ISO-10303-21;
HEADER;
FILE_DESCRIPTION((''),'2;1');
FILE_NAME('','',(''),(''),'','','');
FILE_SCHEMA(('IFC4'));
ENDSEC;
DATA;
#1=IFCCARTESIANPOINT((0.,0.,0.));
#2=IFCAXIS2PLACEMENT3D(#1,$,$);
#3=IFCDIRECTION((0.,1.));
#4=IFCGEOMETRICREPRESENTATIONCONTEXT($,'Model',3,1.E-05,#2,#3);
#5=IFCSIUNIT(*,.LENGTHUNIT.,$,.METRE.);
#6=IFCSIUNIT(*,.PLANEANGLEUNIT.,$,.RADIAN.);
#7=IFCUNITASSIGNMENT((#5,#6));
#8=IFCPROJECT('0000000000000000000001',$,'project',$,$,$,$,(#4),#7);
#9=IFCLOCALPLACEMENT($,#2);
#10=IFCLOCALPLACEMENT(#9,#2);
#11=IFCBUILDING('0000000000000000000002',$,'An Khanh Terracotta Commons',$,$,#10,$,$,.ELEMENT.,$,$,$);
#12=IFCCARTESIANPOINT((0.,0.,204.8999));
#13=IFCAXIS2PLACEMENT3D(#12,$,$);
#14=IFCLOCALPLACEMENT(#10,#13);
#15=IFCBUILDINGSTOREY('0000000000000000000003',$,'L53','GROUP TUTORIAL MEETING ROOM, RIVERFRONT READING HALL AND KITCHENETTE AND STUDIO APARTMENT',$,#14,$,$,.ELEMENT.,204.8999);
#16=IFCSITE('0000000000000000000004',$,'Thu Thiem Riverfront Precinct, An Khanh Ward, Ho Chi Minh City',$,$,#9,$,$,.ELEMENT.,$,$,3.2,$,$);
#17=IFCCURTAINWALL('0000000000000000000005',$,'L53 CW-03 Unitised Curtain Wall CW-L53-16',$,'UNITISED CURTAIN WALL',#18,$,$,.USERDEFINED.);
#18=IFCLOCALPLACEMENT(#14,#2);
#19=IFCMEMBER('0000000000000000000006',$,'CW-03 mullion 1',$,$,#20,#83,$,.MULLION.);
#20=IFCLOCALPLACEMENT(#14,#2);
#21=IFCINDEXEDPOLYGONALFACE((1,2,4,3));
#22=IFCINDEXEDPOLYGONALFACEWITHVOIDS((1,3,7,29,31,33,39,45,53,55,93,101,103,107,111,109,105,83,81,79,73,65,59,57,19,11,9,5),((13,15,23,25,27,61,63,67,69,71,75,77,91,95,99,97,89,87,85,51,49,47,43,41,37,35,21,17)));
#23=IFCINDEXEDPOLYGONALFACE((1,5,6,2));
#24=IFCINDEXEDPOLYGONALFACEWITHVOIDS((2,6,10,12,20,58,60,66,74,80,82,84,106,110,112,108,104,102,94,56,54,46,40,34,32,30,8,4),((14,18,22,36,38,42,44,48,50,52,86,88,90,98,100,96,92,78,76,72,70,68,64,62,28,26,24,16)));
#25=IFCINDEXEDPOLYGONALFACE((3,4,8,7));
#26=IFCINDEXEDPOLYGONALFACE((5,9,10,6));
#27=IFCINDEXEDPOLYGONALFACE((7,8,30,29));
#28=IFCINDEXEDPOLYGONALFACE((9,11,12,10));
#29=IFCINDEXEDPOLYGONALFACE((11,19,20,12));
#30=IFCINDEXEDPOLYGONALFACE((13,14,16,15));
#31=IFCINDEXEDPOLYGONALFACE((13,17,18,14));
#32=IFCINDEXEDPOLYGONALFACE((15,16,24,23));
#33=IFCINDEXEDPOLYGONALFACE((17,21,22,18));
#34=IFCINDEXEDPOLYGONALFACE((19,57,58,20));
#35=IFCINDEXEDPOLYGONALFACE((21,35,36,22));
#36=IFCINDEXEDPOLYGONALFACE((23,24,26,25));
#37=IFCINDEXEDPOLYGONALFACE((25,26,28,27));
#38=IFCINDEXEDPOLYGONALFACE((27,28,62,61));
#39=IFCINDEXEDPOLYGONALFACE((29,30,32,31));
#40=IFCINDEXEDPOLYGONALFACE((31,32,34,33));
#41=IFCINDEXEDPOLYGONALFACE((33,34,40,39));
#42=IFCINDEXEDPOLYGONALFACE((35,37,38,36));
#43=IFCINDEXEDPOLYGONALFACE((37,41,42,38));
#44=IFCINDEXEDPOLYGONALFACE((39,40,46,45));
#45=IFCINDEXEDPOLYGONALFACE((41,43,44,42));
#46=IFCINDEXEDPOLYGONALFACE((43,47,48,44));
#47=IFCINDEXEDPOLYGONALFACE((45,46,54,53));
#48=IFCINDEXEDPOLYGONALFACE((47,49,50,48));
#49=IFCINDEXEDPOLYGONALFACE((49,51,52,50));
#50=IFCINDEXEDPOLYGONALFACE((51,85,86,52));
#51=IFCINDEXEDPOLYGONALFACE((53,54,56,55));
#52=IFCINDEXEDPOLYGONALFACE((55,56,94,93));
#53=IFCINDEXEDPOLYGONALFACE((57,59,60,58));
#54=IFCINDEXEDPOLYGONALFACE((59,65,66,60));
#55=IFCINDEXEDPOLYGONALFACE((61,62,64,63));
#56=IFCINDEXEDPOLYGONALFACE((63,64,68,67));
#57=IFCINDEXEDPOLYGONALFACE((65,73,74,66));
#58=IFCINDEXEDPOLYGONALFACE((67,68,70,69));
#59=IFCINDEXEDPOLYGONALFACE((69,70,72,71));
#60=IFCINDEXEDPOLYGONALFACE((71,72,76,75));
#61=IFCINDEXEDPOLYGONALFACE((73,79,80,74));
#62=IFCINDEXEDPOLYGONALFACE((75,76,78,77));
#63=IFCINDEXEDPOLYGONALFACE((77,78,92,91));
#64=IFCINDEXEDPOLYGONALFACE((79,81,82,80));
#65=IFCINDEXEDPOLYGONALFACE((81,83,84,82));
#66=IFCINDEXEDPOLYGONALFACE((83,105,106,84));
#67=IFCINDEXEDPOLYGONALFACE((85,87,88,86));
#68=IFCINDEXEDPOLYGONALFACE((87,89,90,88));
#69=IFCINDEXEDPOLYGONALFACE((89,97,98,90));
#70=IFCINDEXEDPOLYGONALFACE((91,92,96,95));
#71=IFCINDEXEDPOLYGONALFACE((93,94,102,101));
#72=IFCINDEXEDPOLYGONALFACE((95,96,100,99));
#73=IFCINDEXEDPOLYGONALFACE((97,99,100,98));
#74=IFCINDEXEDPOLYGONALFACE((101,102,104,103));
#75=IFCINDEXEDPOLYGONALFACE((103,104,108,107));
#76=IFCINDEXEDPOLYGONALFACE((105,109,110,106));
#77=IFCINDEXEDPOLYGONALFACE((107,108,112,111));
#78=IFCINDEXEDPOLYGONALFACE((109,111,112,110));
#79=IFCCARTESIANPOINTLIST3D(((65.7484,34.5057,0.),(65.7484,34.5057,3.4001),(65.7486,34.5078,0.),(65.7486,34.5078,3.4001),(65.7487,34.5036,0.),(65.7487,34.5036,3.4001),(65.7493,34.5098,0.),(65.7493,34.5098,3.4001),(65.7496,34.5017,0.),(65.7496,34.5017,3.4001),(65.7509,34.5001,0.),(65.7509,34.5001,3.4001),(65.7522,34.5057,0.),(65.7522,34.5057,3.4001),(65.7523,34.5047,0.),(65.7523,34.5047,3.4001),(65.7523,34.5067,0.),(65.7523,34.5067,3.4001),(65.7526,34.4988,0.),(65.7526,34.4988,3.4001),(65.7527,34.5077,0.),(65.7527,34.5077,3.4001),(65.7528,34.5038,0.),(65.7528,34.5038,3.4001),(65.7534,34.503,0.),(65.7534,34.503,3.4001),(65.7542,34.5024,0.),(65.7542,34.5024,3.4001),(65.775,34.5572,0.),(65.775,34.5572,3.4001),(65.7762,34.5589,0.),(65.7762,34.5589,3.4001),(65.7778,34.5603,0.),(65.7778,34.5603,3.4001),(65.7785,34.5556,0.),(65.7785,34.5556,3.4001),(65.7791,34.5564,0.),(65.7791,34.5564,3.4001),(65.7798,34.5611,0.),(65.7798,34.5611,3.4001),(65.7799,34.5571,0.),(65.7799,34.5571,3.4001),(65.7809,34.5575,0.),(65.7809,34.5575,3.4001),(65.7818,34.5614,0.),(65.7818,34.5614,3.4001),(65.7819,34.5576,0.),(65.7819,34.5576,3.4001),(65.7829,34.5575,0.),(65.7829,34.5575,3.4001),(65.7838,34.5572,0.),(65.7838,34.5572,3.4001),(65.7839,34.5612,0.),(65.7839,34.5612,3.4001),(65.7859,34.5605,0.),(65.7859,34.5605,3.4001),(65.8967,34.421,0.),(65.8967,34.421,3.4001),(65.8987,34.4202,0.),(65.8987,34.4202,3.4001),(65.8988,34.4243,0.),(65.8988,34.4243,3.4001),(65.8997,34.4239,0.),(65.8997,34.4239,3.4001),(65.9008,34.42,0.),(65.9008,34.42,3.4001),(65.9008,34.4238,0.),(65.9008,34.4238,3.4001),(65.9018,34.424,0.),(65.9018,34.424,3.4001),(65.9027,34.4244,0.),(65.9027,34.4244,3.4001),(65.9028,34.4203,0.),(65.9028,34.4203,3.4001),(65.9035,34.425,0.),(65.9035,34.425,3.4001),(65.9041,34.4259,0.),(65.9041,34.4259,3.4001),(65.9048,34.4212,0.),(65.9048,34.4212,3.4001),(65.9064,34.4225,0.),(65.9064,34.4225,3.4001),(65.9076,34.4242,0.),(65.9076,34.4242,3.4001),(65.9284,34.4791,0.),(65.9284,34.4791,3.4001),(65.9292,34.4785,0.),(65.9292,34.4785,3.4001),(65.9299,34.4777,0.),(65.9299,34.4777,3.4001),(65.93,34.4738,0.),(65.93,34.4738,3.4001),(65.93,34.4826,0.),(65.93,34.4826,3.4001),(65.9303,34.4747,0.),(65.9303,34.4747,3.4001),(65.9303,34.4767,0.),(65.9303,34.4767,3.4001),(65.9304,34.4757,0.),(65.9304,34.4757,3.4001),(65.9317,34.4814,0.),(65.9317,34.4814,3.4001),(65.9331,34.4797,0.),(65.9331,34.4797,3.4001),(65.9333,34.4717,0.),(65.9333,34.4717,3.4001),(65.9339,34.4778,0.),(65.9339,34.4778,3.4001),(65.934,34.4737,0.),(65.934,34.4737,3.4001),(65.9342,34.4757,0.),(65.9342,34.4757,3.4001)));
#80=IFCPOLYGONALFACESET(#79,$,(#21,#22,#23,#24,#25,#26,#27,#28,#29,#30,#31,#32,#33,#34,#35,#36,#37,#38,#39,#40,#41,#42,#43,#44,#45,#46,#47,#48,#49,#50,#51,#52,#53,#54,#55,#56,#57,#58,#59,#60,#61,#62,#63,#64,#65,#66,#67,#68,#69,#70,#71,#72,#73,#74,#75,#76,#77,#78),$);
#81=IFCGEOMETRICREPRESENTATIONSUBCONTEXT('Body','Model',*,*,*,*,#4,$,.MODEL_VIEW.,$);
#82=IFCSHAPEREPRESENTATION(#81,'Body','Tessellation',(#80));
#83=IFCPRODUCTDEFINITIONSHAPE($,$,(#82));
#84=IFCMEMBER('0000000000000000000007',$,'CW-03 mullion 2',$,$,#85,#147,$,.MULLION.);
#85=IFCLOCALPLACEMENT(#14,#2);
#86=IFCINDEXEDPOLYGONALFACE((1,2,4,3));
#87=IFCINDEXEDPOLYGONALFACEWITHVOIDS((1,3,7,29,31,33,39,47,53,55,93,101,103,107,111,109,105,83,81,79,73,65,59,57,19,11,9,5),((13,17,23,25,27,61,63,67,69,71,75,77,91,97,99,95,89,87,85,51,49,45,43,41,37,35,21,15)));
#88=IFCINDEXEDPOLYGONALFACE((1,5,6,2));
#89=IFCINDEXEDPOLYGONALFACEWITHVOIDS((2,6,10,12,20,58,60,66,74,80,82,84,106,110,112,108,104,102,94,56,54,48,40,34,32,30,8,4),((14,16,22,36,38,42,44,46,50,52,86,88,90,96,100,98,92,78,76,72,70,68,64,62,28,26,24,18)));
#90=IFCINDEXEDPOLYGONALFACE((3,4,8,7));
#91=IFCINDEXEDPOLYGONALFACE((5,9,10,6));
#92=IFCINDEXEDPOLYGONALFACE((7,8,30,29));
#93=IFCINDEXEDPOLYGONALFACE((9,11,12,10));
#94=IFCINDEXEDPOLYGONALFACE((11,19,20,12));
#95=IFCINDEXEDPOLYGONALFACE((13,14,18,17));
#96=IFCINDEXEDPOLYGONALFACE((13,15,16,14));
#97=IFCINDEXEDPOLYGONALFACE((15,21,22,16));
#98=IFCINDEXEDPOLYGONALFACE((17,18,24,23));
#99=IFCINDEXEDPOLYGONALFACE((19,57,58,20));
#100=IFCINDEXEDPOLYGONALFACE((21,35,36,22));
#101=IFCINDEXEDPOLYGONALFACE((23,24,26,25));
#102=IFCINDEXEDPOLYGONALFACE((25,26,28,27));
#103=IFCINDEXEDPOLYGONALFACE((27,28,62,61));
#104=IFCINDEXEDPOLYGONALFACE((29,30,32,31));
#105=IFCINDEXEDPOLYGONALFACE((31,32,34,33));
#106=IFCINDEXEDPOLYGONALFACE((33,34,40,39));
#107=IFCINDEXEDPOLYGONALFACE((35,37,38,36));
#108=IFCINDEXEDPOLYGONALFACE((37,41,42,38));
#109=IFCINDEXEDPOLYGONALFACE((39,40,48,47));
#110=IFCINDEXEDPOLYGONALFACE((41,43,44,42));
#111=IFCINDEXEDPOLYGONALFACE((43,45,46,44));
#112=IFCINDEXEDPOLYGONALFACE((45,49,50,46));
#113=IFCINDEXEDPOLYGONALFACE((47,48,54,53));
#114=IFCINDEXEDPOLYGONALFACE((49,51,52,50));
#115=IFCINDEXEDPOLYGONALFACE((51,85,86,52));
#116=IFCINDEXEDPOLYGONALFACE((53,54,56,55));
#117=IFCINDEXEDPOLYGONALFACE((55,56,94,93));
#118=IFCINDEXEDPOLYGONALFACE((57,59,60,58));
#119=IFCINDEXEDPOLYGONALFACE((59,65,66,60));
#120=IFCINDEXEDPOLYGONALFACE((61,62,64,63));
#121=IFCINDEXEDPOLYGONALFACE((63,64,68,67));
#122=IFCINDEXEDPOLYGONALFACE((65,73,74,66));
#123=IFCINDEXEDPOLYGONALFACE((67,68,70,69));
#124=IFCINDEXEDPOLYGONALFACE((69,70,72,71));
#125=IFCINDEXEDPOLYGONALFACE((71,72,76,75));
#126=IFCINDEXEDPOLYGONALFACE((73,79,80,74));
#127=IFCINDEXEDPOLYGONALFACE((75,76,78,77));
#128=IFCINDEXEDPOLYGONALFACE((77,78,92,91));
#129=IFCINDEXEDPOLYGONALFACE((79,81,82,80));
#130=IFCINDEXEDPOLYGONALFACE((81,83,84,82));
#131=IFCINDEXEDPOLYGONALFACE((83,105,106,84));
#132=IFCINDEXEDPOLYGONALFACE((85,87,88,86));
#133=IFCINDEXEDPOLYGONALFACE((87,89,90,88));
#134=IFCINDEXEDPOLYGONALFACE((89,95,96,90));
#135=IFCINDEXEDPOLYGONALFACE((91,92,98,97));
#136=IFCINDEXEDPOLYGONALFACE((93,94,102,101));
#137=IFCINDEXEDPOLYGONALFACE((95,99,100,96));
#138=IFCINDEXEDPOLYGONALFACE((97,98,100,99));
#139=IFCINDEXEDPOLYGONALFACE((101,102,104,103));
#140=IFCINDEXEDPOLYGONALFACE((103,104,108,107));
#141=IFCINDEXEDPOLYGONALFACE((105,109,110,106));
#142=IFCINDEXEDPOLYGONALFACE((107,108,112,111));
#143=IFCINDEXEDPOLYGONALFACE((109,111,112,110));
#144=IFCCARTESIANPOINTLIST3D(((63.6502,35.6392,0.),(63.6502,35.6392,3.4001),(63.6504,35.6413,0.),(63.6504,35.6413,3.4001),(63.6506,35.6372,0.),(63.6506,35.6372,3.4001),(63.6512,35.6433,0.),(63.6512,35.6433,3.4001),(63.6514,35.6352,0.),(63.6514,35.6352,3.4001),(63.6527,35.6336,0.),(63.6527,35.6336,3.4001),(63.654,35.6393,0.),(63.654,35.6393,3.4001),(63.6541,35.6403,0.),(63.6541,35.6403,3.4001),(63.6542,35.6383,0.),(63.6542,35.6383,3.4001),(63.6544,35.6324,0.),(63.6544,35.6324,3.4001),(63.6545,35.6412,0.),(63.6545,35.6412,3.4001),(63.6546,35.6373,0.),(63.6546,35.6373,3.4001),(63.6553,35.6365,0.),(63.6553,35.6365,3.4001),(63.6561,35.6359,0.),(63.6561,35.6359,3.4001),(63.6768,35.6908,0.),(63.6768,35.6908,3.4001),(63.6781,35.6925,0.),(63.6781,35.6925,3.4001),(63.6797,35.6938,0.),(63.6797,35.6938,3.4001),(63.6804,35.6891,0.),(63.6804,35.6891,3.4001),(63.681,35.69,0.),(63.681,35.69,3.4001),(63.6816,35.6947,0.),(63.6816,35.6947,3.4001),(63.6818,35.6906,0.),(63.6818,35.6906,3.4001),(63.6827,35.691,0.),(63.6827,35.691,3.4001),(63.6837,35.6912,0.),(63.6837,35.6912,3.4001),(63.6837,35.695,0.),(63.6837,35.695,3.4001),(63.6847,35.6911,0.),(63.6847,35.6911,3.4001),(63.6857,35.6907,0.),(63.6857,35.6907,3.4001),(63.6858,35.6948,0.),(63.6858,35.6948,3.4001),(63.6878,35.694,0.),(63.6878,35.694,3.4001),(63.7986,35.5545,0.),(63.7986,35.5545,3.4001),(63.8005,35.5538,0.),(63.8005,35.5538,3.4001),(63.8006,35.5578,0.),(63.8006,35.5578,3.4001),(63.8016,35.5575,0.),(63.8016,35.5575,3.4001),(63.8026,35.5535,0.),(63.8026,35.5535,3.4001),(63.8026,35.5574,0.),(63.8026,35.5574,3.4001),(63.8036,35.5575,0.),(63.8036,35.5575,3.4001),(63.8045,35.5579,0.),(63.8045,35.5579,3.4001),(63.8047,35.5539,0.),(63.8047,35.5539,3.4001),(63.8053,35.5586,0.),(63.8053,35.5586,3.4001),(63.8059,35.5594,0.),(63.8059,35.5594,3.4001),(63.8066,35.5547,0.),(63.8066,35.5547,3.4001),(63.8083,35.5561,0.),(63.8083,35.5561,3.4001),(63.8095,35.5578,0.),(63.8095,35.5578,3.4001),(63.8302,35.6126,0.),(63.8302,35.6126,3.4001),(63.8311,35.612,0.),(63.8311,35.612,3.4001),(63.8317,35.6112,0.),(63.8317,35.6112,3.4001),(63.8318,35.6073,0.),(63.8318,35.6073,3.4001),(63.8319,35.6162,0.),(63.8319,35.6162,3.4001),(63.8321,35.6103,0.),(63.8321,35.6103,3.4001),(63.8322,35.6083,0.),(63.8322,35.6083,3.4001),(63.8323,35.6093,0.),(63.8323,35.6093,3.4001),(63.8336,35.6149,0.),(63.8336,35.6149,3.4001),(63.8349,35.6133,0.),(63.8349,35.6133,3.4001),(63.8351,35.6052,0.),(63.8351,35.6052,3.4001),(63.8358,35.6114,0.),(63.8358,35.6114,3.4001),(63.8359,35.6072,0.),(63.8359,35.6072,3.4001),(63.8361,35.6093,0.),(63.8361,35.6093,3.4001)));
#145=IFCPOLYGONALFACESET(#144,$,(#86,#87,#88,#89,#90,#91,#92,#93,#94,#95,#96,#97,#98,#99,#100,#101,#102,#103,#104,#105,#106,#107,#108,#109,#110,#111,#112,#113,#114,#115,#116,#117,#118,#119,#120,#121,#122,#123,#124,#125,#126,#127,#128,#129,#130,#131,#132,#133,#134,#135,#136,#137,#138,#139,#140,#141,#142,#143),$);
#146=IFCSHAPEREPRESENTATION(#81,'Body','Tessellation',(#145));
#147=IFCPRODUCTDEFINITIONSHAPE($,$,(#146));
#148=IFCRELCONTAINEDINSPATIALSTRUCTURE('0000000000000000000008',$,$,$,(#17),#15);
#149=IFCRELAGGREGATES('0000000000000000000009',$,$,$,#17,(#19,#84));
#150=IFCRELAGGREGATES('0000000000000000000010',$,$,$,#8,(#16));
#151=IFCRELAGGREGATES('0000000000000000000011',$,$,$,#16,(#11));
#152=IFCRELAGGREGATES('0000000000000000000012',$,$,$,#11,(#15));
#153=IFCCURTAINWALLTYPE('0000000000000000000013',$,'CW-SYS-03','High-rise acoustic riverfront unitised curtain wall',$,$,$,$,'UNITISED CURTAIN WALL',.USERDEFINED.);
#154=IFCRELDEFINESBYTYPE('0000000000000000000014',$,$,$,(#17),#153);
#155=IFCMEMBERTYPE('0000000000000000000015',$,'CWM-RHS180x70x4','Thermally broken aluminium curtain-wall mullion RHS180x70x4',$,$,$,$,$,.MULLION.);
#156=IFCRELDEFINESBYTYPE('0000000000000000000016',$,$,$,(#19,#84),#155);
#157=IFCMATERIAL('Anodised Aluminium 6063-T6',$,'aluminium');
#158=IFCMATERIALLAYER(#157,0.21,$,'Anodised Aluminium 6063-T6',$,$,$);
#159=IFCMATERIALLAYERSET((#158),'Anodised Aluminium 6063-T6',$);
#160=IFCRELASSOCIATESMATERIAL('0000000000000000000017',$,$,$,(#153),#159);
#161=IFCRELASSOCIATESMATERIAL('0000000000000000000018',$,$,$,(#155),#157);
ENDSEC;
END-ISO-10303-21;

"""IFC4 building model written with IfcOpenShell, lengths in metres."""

from ifc_helpers import new_model, si_unit, direction, frame, origin, origin_2d, place, context, subcontext, project, spatial, hollow_rectangle, extrude, material, layer, layer_set, material_profile, profile_set, type_object, element, aggregate, save


model = new_model("IFC4")

# Units and contexts
model_context = context("Model", 3, precision=1e-05, world=origin(), true_north=direction((0.0, 1.0)))
body_context = subcontext(model_context, "Body", "Model", "MODEL_VIEW")
ifc_project = project(units=[si_unit("LENGTHUNIT", "METRE"), si_unit("PLANEANGLEUNIT", "RADIAN")], contexts=[model_context])

# Site, building, storey
site_placement = place(None, origin())
site = spatial("IfcSite", under=ifc_project, at=site_placement, Name="Thu Thiem Riverfront Precinct, An Khanh Ward, Ho Chi Minh City", CompositionType="ELEMENT", RefElevation=3.2)
building_placement = place(site_placement, origin())
building = spatial("IfcBuilding", under=site, at=building_placement, Name="An Khanh Terracotta Commons", CompositionType="ELEMENT")
storey_placement = place(building_placement, frame((0.0, 0.0, 204.8999)))
storey = spatial("IfcBuildingStorey", under=building, at=storey_placement, Name="L53", Description="GROUP TUTORIAL MEETING ROOM, RIVERFRONT READING HALL AND KITCHENETTE AND STUDIO APARTMENT", CompositionType="ELEMENT", Elevation=204.8999)

# Curtain wall, members
ifc_material_1 = material(Name="Anodised Aluminium 6063-T6", Category="aluminium")
ifc_layer_1 = layer(ifc_material_1, 0.21, Name="Anodised Aluminium 6063-T6")
ifc_layer_set_1 = layer_set([ifc_layer_1], Name="Anodised Aluminium 6063-T6")
curtain_wall_type = type_object("IfcCurtainWallType", Name="CW-SYS-03", Description="High-rise acoustic riverfront unitised curtain wall", ElementType="UNITISED CURTAIN WALL", PredefinedType="USERDEFINED", material=ifc_layer_set_1)
ifc_material_profile_1 = material_profile(ifc_material_1, hollow_rectangle(XDim=0.0701, YDim=0.1799, WallThickness=0.0039, InnerFilletRadius=0.0039, OuterFilletRadius=0.0081, at=origin_2d()), Name="RHS180x70x4")
ifc_profile_set_1 = profile_set([ifc_material_profile_1], Name="Anodised Aluminium 6063-T6")
member_type_1 = type_object("IfcMemberType", Name="CWM-RHS180x70x4", Description="Thermally broken aluminium curtain-wall mullion RHS180x70x4", PredefinedType="MULLION", material=ifc_profile_set_1)
curtain_wall_1_placement = place(storey_placement, origin())
curtain_wall_1 = element("IfcCurtainWall", 1, at=curtain_wall_1_placement, inside=storey, type_object=curtain_wall_type, Name="L53 CW-03 Unitised Curtain Wall CW-L53-16", ObjectType="UNITISED CURTAIN WALL", PredefinedType="USERDEFINED")
member_1_placement = place(storey_placement, frame((65.8413, 34.4907, 0.0), z_axis=(0.0, 0.0, 1.0), x_axis=(-0.475381, -0.87978, 0.0)))
member_1 = element("IfcMember", 2, at=member_1_placement, type_object=member_type_1, Name="CW-03 mullion 1", PredefinedType="MULLION", context=body_context, shape_type="SweptSolid", body=[
    extrude(hollow_rectangle(XDim=0.0701, YDim=0.1799, WallThickness=0.0039, InnerFilletRadius=0.0039, OuterFilletRadius=0.0081, at=origin_2d()), origin(), (0.0, 0.0, 1.0), 3.4001),
])
member_2_placement = place(storey_placement, frame((63.7432, 35.6243, 0.0), z_axis=(0.0, 0.0, 1.0), x_axis=(-0.475381, -0.87978, 0.0)))
member_2 = element("IfcMember", 3, at=member_2_placement, type_object=member_type_1, Name="CW-03 mullion 2", PredefinedType="MULLION", context=body_context, shape_type="SweptSolid", body=[
    extrude(hollow_rectangle(XDim=0.0701, YDim=0.1799, WallThickness=0.0039, InnerFilletRadius=0.0039, OuterFilletRadius=0.0081, at=origin_2d()), origin(), (0.0, 0.0, 1.0), 3.4001),
])

aggregate(curtain_wall_1, [member_1, member_2])

save(model, "model.ifc")
